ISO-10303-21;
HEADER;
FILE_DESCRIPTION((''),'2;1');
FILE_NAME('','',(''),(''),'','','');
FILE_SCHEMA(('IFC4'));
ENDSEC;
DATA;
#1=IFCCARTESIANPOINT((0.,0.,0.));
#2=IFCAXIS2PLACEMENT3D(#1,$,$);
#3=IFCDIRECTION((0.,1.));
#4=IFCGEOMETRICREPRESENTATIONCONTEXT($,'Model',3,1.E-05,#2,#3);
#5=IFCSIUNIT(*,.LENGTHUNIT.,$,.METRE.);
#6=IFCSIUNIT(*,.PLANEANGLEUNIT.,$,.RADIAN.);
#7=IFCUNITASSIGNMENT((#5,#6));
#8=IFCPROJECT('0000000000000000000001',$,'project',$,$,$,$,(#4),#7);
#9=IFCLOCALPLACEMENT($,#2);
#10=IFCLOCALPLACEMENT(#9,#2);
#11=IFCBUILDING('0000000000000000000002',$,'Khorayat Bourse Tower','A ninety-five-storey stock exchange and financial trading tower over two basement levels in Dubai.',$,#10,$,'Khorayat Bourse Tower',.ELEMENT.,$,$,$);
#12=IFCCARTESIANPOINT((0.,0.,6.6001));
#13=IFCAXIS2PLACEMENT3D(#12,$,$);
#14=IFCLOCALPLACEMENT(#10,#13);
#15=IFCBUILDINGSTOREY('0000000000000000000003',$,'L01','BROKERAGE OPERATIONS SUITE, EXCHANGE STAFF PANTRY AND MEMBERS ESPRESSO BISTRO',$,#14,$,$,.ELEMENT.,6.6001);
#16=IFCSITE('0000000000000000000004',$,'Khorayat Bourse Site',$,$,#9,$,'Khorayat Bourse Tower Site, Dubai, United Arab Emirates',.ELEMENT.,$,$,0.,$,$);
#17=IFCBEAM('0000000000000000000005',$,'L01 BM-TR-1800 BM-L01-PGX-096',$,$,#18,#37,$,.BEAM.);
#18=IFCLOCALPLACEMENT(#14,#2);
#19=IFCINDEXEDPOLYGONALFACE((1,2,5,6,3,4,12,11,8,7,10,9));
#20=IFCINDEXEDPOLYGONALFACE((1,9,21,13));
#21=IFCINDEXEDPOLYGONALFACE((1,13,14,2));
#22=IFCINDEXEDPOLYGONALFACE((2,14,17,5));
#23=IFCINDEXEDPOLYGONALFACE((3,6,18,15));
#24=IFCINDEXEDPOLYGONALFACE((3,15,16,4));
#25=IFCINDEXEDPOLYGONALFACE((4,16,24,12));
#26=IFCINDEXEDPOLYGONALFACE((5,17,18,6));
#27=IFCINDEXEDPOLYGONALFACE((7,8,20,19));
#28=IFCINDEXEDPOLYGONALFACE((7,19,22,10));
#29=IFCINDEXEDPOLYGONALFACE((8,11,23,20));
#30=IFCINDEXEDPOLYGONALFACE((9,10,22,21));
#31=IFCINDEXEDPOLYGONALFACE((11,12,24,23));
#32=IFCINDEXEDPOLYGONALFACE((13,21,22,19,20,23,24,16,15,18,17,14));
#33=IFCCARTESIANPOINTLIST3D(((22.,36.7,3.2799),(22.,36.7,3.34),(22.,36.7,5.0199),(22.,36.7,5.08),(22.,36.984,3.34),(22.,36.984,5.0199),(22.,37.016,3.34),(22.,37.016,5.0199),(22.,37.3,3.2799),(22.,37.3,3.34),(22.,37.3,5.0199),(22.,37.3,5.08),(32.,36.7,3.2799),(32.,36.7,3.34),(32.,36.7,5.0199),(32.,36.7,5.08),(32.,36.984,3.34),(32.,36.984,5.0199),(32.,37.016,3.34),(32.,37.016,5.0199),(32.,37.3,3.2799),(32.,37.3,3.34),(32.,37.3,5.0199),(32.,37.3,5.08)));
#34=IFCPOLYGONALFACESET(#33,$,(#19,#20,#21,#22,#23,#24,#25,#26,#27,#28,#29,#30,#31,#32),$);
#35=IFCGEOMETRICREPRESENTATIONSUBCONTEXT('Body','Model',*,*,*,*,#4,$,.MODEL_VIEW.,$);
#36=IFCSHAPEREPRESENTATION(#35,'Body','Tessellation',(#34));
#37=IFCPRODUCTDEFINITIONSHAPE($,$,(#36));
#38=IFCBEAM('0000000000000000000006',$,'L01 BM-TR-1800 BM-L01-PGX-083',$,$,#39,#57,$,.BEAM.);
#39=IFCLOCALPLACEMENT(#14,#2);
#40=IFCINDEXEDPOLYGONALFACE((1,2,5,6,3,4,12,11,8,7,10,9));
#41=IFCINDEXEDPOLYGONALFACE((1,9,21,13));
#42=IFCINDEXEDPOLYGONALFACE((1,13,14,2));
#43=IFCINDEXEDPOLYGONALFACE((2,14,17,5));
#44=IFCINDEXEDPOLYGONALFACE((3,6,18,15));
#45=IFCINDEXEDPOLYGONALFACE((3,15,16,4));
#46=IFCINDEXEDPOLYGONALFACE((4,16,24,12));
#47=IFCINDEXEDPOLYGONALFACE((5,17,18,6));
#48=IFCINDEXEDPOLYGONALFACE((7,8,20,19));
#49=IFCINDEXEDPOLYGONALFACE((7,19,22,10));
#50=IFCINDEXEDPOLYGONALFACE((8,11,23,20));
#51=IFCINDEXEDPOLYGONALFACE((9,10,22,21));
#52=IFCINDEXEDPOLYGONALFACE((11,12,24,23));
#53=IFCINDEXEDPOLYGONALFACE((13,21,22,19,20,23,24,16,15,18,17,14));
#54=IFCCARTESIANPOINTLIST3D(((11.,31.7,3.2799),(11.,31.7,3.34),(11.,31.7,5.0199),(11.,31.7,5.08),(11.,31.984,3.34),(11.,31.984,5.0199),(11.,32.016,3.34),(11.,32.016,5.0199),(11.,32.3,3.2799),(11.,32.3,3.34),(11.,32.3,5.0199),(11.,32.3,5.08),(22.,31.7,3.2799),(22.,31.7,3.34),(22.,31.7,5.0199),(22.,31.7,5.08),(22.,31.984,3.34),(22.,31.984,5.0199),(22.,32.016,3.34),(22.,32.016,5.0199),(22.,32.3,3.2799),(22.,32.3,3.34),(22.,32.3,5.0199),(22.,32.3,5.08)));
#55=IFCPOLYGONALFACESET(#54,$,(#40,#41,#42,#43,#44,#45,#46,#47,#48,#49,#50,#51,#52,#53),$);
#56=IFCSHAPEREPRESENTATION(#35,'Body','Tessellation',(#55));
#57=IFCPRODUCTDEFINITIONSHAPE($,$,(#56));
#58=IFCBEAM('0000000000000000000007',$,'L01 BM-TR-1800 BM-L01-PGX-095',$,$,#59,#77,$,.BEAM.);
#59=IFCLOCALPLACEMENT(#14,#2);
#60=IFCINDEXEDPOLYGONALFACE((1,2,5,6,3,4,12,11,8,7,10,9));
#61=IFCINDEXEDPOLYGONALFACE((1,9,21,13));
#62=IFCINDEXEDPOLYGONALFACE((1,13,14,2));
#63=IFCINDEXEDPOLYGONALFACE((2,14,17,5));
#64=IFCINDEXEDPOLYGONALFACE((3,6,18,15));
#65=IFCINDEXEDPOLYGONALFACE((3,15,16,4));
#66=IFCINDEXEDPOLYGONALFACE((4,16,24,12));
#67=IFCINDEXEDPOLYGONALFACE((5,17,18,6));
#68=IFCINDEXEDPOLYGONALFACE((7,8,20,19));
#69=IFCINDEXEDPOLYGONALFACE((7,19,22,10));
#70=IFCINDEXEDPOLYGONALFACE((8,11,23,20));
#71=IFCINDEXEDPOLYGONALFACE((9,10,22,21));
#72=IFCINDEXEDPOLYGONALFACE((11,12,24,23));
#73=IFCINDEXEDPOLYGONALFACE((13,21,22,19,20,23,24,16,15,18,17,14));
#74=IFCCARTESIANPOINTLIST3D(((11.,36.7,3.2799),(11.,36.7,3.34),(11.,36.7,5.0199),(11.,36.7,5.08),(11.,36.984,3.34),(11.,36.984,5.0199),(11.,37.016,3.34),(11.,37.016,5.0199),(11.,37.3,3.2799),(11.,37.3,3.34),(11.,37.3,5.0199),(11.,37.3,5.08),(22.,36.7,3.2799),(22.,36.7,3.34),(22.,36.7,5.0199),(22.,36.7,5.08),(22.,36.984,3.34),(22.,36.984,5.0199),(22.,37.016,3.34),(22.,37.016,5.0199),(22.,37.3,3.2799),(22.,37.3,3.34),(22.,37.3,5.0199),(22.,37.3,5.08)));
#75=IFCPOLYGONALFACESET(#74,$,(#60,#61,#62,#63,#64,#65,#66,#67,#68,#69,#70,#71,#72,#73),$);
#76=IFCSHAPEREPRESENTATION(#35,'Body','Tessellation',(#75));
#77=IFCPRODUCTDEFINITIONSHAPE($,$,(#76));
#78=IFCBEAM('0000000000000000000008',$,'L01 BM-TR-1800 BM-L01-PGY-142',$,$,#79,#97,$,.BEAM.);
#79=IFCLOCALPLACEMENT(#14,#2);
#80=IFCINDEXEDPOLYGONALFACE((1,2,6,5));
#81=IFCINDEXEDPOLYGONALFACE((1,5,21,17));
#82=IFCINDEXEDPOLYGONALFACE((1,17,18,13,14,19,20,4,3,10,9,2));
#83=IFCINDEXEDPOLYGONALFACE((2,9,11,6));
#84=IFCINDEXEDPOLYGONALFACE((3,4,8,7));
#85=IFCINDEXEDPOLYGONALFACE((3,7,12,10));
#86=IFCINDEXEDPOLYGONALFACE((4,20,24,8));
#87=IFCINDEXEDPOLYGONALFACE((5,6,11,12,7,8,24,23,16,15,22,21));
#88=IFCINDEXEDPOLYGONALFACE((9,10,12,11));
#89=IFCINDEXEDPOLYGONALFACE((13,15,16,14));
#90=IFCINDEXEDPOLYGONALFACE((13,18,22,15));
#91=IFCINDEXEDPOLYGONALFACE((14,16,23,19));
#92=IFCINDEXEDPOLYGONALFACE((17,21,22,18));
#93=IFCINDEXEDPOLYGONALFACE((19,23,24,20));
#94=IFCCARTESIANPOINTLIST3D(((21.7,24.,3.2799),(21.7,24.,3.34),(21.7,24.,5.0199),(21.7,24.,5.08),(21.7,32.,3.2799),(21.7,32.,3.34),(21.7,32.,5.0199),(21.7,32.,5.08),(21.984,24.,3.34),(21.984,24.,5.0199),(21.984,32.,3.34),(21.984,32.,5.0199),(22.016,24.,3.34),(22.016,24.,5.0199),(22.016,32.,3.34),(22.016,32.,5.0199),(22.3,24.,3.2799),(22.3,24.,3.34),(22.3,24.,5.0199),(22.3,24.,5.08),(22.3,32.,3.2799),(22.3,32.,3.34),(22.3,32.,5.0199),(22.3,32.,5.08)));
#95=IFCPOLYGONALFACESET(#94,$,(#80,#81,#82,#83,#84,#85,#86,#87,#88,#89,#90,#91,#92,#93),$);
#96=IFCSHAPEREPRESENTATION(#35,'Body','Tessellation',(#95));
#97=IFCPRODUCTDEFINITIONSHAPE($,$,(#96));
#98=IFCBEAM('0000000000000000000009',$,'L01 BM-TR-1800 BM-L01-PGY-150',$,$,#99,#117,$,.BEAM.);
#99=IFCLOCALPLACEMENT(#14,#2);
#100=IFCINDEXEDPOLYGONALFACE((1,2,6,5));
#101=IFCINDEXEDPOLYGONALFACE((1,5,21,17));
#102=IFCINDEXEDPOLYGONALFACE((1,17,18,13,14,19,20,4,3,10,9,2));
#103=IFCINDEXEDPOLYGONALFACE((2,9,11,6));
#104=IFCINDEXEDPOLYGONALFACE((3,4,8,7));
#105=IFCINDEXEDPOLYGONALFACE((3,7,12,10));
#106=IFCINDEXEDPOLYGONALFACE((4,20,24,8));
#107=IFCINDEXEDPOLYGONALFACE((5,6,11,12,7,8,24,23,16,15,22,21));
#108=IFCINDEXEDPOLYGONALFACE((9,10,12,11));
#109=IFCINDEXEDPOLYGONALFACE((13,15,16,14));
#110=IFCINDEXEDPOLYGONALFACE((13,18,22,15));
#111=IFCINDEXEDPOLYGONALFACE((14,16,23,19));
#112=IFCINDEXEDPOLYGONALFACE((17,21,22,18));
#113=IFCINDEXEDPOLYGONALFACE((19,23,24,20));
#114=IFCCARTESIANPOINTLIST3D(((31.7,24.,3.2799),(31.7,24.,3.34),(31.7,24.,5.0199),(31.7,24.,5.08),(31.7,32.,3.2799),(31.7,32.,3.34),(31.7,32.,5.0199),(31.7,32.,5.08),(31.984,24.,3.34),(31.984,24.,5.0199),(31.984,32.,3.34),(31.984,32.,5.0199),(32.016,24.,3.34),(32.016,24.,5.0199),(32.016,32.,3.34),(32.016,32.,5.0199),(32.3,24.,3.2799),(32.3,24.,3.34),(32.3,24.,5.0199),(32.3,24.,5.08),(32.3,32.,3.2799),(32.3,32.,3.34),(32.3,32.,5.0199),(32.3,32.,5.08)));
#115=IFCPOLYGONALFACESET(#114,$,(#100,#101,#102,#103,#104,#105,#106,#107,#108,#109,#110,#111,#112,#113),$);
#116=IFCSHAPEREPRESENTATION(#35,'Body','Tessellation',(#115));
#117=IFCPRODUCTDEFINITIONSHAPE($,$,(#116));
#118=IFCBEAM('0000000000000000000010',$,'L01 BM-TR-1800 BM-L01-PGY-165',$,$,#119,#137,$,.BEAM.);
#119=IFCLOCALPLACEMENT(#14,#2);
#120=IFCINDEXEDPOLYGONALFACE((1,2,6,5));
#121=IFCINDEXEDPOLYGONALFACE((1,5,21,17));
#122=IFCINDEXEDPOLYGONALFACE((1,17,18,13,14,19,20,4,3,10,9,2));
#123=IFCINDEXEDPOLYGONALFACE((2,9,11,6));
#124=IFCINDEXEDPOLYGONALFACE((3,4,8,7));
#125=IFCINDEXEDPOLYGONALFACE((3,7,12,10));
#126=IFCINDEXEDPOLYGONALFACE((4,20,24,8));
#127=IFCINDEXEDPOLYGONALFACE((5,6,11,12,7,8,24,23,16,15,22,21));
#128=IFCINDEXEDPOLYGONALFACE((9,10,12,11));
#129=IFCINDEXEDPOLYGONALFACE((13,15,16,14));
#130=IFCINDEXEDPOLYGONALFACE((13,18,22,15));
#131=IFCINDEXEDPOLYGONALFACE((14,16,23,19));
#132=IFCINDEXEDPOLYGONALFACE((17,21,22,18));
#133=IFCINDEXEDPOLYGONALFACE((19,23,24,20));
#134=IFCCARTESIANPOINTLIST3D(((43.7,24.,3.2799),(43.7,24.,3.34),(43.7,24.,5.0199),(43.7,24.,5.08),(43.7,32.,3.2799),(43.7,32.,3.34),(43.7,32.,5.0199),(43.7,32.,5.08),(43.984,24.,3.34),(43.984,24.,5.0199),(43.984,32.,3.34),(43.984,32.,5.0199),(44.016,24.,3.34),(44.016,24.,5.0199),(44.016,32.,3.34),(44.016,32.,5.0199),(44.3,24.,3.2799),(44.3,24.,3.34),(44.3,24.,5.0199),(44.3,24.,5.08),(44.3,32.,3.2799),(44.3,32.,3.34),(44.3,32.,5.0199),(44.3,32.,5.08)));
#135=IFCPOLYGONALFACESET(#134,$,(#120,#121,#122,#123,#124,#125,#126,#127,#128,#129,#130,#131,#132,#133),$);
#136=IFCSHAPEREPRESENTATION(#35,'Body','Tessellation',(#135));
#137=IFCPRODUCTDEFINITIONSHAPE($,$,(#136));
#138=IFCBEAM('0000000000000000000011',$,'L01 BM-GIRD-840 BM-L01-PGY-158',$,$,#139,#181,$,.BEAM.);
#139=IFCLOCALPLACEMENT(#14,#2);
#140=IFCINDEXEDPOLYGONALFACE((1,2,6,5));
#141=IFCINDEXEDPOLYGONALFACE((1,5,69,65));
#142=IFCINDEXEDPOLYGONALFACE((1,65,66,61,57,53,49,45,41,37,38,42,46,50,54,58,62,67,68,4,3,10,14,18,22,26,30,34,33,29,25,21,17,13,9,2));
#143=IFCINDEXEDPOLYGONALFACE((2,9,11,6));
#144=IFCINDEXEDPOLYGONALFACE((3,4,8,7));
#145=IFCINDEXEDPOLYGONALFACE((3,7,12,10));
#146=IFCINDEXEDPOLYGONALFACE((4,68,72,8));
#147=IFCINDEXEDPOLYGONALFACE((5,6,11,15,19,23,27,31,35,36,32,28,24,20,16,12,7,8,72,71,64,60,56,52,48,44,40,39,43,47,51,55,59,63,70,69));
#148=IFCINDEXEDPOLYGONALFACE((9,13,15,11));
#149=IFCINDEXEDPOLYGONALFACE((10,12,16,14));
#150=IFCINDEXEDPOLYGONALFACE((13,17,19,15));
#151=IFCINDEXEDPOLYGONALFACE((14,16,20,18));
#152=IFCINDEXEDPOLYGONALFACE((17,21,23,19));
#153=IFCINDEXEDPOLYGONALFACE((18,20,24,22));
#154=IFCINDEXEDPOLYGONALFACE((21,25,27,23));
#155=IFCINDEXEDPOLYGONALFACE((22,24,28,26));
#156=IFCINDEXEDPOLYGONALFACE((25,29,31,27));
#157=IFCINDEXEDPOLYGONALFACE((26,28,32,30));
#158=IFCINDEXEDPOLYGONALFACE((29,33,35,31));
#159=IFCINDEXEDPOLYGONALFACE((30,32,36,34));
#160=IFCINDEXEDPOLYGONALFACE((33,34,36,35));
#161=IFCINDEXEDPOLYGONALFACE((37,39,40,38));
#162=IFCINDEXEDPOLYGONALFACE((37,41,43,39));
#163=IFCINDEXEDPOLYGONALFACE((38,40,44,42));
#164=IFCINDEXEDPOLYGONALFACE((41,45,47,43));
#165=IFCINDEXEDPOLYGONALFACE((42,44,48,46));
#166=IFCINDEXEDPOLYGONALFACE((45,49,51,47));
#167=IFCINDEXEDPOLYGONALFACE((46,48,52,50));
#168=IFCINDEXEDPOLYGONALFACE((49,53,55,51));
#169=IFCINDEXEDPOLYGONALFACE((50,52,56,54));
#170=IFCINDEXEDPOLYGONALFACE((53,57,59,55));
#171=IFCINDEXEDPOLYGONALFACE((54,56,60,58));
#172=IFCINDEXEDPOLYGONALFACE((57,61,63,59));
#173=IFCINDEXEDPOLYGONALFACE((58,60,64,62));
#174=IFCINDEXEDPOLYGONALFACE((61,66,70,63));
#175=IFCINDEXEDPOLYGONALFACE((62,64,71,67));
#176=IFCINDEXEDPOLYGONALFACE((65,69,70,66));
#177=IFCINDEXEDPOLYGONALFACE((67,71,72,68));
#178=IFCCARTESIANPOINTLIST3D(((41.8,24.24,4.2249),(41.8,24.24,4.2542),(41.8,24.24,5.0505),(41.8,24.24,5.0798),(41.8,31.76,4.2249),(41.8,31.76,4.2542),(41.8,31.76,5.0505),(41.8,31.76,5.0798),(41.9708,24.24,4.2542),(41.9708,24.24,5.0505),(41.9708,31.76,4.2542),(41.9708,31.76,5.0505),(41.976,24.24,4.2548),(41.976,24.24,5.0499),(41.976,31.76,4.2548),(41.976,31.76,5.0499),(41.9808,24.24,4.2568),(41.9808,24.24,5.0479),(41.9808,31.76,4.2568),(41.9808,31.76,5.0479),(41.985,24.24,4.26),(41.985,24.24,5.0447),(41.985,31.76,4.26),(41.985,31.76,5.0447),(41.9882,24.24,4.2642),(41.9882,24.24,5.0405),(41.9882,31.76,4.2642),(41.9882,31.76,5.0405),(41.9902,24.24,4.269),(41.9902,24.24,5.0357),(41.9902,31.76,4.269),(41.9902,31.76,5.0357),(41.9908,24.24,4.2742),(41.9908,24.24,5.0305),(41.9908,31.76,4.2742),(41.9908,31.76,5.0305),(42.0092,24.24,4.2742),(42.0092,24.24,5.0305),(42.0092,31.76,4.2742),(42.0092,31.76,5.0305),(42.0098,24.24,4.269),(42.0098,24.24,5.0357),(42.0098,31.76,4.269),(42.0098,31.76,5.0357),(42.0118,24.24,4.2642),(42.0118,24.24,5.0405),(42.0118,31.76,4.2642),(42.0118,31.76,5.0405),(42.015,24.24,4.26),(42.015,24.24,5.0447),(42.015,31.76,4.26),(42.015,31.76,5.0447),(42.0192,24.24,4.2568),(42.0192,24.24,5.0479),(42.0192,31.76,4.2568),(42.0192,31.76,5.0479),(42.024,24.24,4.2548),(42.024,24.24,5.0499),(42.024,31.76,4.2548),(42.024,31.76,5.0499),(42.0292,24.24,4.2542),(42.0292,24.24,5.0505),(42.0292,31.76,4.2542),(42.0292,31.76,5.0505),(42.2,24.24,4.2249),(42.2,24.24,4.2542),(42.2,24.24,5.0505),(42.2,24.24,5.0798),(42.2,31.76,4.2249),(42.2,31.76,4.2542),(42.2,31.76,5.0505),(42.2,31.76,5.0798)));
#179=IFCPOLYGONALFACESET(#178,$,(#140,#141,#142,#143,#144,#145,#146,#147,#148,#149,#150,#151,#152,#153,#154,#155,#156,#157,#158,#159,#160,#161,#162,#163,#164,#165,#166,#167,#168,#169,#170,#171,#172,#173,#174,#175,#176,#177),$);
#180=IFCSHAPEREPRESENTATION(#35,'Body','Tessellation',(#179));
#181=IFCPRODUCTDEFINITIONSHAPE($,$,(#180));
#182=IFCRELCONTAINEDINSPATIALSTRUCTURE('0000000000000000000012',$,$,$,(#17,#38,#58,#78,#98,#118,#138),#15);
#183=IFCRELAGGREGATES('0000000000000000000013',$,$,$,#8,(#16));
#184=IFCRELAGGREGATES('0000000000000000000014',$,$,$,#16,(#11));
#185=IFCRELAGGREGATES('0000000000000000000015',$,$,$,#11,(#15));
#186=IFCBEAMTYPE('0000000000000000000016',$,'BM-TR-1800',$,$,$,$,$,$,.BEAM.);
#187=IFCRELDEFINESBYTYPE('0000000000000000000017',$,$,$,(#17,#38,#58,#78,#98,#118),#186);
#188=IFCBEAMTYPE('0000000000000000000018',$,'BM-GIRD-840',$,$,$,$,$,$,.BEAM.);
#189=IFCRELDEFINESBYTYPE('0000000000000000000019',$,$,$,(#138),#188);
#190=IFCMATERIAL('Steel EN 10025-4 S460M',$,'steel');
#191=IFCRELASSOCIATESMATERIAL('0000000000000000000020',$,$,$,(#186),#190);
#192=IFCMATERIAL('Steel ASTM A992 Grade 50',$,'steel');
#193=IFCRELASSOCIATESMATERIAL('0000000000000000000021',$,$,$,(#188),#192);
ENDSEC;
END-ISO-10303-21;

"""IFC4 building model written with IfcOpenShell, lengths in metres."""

from ifc_helpers import new_model, si_unit, direction, frame, origin, origin_2d, place, context, subcontext, project, spatial, i_section, extrude, source, transform, mapped, material, material_profile, profile_set, type_object, element, save


model = new_model("IFC4")

# Units and contexts
model_context = context("Model", 3, precision=1e-05, world=origin(), true_north=direction((0.0, 1.0)))
body_context = subcontext(model_context, "Body", "Model", "MODEL_VIEW")
ifc_project = project(units=[si_unit("LENGTHUNIT", "METRE"), si_unit("PLANEANGLEUNIT", "RADIAN")], contexts=[model_context])

# Site, building, storey
site_placement = place(None, origin())
site = spatial("IfcSite", under=ifc_project, at=site_placement, Name="Khorayat Bourse Site", LongName="Khorayat Bourse Tower Site, Dubai, United Arab Emirates", CompositionType="ELEMENT", RefElevation=0.0)
building_placement = place(site_placement, origin())
building = spatial("IfcBuilding", under=site, at=building_placement, Name="Khorayat Bourse Tower", Description="A ninety-five-storey stock exchange and financial trading tower over two basement levels in Dubai.", LongName="Khorayat Bourse Tower", CompositionType="ELEMENT")
storey_placement = place(building_placement, frame((0.0, 0.0, 6.6001)))
storey = spatial("IfcBuildingStorey", under=building, at=storey_placement, Name="L01", Description="BROKERAGE OPERATIONS SUITE, EXCHANGE STAFF PANTRY AND MEMBERS ESPRESSO BISTRO", CompositionType="ELEMENT", Elevation=6.6001)

# Beams
ifc_material_1 = material(Name="Steel EN 10025-4 S460M", Category="steel")
ifc_material_profile_1 = material_profile(ifc_material_1, i_section(OverallWidth=0.6001, OverallDepth=1.8, WebThickness=0.032, FlangeThickness=0.0601, at=origin_2d()), Name="PG 1800x600x32x60")
ifc_profile_set_1 = profile_set([ifc_material_profile_1], Name="Steel EN 10025-4 S460M")
beam_type_1 = type_object("IfcBeamType", Name="BM-TR-1800", PredefinedType="BEAM", material=ifc_profile_set_1)
shared_shape_1 = source(origin(), body_context, "Body", "SweptSolid", [
    extrude(i_section(OverallWidth=0.6001, OverallDepth=1.8, WebThickness=0.032, FlangeThickness=0.0601, at=origin_2d()), origin(), (0.0, 0.0, 1.0), 10.0),
])
for number, where, z_axis, x_axis, name in (
    (1, (22.0, 37.0, 4.1799), (1.0, 0.0, 0.0), (0.0, 1.0, 0.0), "L01 BM-TR-1800 BM-L01-PGX-096"),
):
    element("IfcBeam", number, at=place(storey_placement, frame(where, z_axis=z_axis, x_axis=x_axis)), inside=storey, type_object=beam_type_1, Name=name, PredefinedType="BEAM", context=body_context, shape_type="MappedRepresentation", body=[
        mapped(shared_shape_1, transform((0.0, 0.0, 0.0), scale=1.0)),
    ])
shared_shape_2 = source(origin(), body_context, "Body", "SweptSolid", [
    extrude(i_section(OverallWidth=0.6001, OverallDepth=1.8, WebThickness=0.032, FlangeThickness=0.0601, at=origin_2d()), origin(), (0.0, 0.0, 1.0), 11.0),
])
for number, where, z_axis, x_axis, name in (
    (2, (11.0, 32.0, 4.1799), (1.0, 0.0, 0.0), (0.0, 1.0, 0.0), "L01 BM-TR-1800 BM-L01-PGX-083"),
    (3, (11.0, 37.0, 4.1799), (1.0, 0.0, 0.0), (0.0, 1.0, 0.0), "L01 BM-TR-1800 BM-L01-PGX-095"),
):
    element("IfcBeam", number, at=place(storey_placement, frame(where, z_axis=z_axis, x_axis=x_axis)), inside=storey, type_object=beam_type_1, Name=name, PredefinedType="BEAM", context=body_context, shape_type="MappedRepresentation", body=[
        mapped(shared_shape_2, transform((0.0, 0.0, 0.0), scale=1.0)),
    ])
shared_shape_3 = source(origin(), body_context, "Body", "SweptSolid", [
    extrude(i_section(OverallWidth=0.6001, OverallDepth=1.8, WebThickness=0.032, FlangeThickness=0.0601, at=origin_2d()), origin(), (0.0, 0.0, 1.0), 8.0),
])
for number, where, z_axis, x_axis, name in (
    (4, (22.0, 24.0, 4.1799), (0.0, 1.0, 0.0), (-1.0, 0.0, 0.0), "L01 BM-TR-1800 BM-L01-PGY-142"),
    (5, (32.0, 24.0, 4.1799), (0.0, 1.0, 0.0), (-1.0, 0.0, 0.0), "L01 BM-TR-1800 BM-L01-PGY-150"),
    (6, (44.0, 24.0, 4.1799), (0.0, 1.0, 0.0), (-1.0, 0.0, 0.0), "L01 BM-TR-1800 BM-L01-PGY-165"),
):
    element("IfcBeam", number, at=place(storey_placement, frame(where, z_axis=z_axis, x_axis=x_axis)), inside=storey, type_object=beam_type_1, Name=name, PredefinedType="BEAM", context=body_context, shape_type="MappedRepresentation", body=[
        mapped(shared_shape_3, transform((0.0, 0.0, 0.0), scale=1.0)),
    ])
ifc_material_2 = material(Name="Steel ASTM A992 Grade 50", Category="steel")
ifc_material_profile_2 = material_profile(ifc_material_2, i_section(OverallWidth=0.3999, OverallDepth=0.855, WebThickness=0.0183, FlangeThickness=0.0293, FilletRadius=0.02, at=origin_2d()), Name="W840X299")
ifc_profile_set_2 = profile_set([ifc_material_profile_2], Name="Steel ASTM A992 Grade 50")
beam_type_2 = type_object("IfcBeamType", Name="BM-GIRD-840", PredefinedType="BEAM", material=ifc_profile_set_2)
shared_shape_4 = source(origin(), body_context, "Body", "SweptSolid", [
    extrude(i_section(OverallWidth=0.3999, OverallDepth=0.855, WebThickness=0.0183, FlangeThickness=0.0293, FilletRadius=0.02, at=origin_2d()), origin(), (0.0, 0.0, 1.0), 7.52),
])
beam_1_placement = place(storey_placement, frame((42.0, 24.24, 4.6523), z_axis=(0.0, 1.0, 0.0), x_axis=(-1.0, 0.0, 0.0)))
element("IfcBeam", 7, at=beam_1_placement, inside=storey, type_object=beam_type_2, Name="L01 BM-GIRD-840 BM-L01-PGY-158", PredefinedType="BEAM", context=body_context, shape_type="MappedRepresentation", body=[
    mapped(shared_shape_4, transform((0.0, 0.0, 0.0), scale=1.0)),
])

save(model, "model.ifc")
